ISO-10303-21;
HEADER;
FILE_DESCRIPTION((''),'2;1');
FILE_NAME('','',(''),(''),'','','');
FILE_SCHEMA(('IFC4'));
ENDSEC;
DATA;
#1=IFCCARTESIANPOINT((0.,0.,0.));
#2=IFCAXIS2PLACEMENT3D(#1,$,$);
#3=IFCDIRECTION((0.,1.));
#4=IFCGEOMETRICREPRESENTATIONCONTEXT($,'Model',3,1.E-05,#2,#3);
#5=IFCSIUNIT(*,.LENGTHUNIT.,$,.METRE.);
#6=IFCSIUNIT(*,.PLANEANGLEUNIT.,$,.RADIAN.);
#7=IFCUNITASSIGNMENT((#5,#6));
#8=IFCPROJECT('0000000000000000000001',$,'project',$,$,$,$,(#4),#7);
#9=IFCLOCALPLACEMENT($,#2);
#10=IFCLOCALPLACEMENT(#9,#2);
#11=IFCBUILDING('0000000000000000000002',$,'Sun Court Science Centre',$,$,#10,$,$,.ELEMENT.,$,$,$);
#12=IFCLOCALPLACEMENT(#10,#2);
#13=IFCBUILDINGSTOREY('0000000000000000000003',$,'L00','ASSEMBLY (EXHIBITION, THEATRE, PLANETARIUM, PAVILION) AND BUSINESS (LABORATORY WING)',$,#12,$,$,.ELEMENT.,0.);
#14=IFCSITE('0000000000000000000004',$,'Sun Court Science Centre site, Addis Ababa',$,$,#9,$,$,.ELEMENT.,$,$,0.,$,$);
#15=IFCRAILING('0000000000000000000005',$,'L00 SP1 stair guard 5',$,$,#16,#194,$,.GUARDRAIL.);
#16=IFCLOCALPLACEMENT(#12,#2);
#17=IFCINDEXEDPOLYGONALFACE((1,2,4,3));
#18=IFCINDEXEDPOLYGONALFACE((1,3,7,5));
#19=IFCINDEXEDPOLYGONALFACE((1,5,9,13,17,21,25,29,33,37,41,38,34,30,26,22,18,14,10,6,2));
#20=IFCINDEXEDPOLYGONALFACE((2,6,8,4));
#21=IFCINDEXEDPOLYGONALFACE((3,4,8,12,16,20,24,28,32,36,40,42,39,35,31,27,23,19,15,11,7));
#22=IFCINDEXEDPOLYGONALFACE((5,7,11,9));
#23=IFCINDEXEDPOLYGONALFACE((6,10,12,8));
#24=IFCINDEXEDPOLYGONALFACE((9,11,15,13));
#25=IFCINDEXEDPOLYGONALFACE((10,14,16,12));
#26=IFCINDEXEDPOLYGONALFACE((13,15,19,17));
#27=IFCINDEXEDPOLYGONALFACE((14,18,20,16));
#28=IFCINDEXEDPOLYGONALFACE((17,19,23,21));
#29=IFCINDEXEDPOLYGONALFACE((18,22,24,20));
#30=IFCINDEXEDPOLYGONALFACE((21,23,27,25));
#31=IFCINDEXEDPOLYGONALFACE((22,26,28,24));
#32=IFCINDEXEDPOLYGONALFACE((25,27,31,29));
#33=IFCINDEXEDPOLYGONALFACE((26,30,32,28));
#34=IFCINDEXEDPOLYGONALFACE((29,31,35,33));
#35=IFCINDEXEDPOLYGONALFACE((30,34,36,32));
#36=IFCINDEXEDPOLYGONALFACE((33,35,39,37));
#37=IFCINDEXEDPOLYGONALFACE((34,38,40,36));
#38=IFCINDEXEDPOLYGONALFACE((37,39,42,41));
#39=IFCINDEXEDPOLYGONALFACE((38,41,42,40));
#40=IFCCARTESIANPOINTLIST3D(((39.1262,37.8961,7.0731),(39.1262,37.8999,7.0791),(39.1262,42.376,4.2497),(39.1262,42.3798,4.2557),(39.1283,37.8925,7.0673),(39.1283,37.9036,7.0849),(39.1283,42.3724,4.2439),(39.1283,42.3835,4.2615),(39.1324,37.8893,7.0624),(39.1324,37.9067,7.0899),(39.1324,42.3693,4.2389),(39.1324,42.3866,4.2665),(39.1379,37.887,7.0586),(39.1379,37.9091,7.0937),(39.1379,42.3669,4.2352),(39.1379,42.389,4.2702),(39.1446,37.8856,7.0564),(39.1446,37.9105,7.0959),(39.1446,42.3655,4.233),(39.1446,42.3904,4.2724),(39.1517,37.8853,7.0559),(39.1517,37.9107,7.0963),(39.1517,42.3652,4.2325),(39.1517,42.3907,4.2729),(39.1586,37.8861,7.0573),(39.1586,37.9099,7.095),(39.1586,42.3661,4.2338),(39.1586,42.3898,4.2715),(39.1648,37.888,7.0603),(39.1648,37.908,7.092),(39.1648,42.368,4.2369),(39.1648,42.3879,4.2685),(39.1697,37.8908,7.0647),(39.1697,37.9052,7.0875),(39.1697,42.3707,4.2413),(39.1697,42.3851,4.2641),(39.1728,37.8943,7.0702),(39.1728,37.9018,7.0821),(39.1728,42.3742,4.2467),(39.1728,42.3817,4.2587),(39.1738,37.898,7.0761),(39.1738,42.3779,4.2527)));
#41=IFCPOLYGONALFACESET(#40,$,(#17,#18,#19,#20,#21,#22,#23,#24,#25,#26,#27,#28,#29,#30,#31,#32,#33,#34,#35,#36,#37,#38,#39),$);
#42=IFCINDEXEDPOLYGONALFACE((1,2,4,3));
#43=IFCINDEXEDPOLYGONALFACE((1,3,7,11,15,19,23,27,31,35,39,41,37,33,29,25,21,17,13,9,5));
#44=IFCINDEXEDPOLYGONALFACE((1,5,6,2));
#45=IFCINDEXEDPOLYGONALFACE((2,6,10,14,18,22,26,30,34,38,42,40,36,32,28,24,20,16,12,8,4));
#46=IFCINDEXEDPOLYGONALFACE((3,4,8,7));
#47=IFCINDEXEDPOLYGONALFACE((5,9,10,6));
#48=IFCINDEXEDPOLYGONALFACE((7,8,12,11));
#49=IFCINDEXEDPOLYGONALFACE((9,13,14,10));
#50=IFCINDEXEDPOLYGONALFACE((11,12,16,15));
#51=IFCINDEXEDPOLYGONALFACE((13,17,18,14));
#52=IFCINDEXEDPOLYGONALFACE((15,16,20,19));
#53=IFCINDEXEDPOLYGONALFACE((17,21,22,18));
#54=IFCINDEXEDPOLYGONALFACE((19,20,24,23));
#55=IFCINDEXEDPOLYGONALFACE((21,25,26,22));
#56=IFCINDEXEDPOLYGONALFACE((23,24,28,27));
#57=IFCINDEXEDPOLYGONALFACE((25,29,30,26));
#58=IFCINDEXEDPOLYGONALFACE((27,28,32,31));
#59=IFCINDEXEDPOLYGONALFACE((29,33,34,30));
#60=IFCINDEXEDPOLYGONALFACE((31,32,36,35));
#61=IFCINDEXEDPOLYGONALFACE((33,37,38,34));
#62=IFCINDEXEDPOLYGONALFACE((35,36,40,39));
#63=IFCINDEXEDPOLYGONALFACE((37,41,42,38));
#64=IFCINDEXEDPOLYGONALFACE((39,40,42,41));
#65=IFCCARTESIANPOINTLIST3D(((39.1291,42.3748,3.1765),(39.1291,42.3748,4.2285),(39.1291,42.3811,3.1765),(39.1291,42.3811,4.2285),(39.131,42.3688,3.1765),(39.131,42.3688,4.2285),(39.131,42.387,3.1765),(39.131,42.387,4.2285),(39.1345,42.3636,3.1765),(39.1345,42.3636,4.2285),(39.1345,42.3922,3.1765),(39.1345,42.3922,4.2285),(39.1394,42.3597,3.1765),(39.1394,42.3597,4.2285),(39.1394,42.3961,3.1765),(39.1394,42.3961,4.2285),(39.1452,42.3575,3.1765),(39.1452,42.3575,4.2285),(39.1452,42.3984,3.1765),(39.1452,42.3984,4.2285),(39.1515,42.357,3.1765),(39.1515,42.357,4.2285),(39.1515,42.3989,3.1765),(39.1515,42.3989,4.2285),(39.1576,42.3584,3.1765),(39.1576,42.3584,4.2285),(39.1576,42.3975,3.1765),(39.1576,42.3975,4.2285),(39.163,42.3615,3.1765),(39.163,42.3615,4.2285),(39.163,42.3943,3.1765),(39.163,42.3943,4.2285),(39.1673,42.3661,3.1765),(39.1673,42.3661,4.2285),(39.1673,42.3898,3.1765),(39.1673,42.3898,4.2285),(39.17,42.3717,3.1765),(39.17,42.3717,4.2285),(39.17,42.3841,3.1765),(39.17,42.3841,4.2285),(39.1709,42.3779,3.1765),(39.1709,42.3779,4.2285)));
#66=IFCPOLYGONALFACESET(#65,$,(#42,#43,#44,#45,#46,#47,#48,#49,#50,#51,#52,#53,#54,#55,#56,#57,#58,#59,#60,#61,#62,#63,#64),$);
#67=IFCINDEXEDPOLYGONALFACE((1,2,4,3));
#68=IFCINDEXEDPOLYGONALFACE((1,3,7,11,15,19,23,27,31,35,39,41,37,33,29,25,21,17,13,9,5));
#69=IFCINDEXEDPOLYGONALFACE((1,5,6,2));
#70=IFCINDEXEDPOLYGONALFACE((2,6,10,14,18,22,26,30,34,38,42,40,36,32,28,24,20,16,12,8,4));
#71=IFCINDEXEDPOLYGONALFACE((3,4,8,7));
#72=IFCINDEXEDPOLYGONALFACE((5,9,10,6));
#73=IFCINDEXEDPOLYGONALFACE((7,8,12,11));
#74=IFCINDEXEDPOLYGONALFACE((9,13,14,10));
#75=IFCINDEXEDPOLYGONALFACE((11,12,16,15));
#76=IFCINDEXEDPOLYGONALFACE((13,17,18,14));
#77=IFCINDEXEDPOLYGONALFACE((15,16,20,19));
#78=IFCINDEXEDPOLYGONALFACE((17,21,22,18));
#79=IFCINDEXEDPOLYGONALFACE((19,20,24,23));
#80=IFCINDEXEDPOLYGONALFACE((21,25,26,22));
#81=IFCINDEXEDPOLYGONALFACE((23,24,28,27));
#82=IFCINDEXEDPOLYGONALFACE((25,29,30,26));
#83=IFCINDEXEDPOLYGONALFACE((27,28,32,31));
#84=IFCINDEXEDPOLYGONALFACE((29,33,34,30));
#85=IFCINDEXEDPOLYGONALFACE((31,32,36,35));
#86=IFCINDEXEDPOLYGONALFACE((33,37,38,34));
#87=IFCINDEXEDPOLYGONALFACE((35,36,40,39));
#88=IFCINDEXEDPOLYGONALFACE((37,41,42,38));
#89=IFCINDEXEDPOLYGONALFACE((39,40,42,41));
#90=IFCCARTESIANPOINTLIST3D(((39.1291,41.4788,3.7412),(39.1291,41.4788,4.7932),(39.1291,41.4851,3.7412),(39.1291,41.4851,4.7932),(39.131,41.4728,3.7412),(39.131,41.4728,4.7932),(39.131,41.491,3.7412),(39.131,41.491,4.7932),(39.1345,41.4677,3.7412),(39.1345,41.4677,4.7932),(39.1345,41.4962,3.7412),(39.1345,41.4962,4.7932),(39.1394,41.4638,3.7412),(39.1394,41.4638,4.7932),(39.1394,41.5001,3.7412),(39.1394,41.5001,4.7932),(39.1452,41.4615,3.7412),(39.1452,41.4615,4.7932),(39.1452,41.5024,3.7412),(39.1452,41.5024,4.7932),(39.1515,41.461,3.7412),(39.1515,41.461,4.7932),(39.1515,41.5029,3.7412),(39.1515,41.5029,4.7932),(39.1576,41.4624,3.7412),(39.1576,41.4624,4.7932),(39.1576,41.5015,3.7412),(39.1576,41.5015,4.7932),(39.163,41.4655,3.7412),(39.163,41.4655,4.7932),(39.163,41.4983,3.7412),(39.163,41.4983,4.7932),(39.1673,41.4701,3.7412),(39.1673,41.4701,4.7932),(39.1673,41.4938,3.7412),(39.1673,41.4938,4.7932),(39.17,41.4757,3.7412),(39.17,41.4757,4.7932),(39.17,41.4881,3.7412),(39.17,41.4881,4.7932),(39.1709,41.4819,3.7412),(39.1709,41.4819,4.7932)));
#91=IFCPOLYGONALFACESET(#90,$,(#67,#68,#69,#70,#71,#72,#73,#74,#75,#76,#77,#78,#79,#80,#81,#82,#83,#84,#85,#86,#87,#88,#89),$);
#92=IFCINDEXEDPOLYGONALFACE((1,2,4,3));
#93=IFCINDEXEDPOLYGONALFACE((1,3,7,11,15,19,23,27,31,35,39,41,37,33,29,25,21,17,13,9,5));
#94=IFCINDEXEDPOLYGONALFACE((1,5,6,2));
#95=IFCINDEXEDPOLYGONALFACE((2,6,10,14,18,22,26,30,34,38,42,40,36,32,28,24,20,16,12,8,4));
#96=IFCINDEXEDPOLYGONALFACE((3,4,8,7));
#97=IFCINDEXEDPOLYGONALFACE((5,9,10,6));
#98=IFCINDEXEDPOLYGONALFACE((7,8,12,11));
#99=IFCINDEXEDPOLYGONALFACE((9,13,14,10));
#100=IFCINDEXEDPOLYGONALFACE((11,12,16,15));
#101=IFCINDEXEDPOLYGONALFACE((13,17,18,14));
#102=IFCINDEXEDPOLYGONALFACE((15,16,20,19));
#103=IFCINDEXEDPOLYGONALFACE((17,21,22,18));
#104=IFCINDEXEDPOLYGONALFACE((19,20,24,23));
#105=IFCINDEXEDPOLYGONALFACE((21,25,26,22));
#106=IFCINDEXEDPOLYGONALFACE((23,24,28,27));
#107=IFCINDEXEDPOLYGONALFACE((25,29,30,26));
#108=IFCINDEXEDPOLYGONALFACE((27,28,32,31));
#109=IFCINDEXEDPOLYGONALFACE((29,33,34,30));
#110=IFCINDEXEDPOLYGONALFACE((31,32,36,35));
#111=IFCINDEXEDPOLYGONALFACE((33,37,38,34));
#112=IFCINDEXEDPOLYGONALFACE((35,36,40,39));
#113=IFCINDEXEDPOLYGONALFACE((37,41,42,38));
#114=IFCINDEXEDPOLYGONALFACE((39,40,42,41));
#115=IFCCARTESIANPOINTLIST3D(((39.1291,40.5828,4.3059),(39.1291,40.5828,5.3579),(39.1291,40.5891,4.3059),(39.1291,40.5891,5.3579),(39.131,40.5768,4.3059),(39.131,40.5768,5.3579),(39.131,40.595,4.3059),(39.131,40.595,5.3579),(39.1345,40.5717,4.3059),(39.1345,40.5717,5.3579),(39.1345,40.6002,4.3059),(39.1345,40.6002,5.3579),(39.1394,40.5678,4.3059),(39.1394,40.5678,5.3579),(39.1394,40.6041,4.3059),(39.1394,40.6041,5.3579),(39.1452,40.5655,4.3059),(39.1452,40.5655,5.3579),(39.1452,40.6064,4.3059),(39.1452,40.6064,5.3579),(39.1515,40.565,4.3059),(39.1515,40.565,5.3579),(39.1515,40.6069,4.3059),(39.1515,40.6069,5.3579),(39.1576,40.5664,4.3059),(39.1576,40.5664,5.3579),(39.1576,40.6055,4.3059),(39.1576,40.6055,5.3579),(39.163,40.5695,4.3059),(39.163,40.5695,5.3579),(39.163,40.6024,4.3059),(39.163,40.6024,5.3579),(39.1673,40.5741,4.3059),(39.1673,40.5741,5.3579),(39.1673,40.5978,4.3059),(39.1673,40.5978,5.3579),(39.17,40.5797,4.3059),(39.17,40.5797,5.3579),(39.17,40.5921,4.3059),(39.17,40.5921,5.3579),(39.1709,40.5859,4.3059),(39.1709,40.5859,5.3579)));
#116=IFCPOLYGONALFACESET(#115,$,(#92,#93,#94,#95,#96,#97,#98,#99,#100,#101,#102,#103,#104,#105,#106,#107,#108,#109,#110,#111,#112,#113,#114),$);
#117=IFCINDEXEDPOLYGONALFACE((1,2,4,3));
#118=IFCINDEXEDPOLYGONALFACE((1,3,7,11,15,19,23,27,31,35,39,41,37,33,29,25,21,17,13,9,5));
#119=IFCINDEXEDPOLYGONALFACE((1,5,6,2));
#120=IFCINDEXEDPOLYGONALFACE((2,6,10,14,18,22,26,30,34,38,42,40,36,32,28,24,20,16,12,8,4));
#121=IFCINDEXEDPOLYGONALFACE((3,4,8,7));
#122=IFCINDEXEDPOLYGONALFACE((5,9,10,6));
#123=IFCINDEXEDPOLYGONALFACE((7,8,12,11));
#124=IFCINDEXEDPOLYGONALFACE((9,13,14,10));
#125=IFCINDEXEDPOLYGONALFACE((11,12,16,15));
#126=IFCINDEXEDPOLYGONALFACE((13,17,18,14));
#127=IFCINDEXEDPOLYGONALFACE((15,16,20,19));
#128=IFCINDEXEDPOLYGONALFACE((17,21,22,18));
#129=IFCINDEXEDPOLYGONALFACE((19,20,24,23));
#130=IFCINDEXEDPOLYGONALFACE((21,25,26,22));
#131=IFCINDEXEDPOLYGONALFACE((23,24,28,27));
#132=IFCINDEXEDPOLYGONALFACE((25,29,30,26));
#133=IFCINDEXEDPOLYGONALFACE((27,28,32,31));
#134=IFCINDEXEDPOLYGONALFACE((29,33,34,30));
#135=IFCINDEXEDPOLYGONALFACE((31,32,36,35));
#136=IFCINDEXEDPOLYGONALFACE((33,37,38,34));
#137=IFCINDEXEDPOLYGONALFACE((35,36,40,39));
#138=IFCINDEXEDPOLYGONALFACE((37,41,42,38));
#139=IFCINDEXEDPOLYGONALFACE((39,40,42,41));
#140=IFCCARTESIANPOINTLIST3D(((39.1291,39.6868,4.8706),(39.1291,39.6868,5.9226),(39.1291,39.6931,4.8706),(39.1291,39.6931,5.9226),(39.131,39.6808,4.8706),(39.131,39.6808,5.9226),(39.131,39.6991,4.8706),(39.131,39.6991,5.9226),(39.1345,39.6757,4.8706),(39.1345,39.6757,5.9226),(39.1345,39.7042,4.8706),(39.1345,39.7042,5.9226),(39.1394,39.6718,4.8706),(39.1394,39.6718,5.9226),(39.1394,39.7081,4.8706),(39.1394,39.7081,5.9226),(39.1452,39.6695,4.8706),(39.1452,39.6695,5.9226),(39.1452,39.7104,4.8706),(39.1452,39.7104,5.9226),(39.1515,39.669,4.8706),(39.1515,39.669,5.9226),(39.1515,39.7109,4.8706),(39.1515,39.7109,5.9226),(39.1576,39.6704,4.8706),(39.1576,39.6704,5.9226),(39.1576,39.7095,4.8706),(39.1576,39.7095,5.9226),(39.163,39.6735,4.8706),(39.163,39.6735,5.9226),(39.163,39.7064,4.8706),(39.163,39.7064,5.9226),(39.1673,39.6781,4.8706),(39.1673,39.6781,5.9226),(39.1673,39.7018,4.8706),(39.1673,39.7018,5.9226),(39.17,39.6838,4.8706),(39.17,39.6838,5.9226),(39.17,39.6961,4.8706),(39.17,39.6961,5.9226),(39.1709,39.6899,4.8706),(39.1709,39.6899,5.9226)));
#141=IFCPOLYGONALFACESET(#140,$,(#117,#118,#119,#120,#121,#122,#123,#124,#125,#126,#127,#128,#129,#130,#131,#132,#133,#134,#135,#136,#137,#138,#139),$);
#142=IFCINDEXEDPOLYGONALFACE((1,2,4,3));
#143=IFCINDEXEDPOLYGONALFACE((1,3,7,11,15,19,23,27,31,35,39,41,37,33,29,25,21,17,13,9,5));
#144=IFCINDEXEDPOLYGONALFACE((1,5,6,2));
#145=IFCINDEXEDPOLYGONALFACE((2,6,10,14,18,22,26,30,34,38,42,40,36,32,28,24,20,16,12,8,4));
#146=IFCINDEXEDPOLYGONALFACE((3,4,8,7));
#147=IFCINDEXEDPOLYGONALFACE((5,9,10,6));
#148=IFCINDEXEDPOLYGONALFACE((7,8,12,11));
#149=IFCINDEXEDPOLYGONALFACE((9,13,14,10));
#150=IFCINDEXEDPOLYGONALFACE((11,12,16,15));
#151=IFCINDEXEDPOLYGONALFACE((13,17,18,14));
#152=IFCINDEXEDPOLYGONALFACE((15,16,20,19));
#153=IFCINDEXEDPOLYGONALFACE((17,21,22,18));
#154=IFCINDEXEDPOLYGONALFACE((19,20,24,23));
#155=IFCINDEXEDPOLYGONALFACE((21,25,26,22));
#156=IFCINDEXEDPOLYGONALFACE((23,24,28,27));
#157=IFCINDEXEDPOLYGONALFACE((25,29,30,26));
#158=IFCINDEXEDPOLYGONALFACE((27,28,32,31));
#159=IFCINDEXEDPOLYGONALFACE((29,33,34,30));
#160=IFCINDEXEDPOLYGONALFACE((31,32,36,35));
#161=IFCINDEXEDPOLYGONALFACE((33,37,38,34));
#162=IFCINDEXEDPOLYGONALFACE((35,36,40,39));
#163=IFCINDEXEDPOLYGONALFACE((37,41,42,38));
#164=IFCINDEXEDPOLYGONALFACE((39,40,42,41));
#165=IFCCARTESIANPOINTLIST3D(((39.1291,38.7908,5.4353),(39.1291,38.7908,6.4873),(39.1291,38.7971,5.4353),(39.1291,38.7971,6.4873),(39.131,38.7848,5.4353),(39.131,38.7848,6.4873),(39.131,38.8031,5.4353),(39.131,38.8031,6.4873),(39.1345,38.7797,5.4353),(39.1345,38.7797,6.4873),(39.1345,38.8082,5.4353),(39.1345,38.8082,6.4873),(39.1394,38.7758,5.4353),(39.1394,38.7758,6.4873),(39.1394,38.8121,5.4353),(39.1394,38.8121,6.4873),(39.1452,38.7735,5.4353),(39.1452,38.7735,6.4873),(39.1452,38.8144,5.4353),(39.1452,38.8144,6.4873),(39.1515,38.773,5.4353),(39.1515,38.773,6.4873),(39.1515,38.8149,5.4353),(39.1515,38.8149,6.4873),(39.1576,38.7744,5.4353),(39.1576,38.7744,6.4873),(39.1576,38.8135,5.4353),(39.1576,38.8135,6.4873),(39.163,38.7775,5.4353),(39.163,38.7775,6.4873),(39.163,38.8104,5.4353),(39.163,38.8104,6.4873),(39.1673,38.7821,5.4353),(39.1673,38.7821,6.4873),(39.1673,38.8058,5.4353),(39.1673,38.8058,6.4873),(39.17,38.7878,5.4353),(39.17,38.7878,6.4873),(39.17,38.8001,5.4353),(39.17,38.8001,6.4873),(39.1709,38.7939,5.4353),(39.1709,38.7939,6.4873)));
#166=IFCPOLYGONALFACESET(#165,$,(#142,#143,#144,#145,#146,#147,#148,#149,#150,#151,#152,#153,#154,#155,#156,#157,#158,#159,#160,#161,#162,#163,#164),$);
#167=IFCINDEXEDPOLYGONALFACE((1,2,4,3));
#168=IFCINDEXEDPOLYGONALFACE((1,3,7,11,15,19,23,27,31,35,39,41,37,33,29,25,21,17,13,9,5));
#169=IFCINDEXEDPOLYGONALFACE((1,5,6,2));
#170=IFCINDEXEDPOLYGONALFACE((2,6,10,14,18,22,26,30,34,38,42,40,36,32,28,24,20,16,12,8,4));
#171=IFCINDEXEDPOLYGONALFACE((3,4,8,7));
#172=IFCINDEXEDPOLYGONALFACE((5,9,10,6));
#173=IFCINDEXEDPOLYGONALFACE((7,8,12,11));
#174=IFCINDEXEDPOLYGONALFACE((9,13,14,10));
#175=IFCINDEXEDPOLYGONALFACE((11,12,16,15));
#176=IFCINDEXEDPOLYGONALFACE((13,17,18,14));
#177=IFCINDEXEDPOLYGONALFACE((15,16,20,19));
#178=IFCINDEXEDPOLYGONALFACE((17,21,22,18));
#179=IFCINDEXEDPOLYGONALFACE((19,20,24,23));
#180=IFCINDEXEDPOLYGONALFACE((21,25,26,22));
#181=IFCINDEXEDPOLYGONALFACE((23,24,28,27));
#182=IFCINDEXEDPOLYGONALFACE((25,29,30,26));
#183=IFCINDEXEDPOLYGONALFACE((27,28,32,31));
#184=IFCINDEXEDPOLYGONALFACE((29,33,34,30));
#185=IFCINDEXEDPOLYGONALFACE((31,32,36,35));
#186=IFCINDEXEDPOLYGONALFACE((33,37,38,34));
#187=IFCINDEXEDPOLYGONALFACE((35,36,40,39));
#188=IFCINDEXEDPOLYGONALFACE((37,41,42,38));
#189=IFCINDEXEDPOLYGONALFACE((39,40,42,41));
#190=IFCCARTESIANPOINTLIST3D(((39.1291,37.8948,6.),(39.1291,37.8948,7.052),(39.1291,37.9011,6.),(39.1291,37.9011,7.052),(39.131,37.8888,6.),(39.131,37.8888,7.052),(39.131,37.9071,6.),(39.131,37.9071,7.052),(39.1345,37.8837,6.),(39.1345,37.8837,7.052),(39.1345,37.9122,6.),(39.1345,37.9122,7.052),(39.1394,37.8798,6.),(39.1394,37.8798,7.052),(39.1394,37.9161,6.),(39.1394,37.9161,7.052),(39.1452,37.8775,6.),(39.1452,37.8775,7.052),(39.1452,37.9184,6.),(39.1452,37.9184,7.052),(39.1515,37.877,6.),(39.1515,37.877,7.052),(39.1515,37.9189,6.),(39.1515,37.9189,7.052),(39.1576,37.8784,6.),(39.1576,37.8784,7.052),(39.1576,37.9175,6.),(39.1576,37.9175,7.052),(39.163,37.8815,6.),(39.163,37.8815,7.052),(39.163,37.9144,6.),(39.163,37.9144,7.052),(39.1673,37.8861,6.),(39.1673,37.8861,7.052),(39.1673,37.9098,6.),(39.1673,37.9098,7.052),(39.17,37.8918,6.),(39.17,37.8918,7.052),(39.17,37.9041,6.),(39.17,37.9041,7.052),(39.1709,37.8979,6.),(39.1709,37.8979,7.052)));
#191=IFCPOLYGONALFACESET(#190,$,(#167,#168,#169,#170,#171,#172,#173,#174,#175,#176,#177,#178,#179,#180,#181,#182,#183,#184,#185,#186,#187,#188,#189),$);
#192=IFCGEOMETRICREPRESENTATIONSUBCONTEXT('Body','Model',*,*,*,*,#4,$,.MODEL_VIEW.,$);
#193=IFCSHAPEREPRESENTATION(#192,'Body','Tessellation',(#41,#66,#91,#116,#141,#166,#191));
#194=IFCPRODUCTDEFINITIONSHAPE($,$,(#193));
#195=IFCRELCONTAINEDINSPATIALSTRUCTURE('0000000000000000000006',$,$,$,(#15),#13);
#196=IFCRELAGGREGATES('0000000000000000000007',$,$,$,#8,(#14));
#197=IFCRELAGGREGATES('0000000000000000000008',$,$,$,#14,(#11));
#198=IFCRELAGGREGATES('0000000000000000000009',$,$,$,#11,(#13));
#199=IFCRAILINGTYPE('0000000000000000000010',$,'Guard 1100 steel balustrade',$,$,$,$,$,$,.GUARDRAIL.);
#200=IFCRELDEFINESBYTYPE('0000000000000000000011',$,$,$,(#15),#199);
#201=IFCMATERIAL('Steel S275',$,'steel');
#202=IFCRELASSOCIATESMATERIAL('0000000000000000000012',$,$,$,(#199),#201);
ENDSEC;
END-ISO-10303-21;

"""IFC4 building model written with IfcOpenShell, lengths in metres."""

from ifc_helpers import new_model, si_unit, direction, frame, origin, origin_2d, place, context, subcontext, project, spatial, circle, extrude, material, type_object, element, save


model = new_model("IFC4")

# Units and contexts
model_context = context("Model", 3, precision=1e-05, world=origin(), true_north=direction((0.0, 1.0)))
body_context = subcontext(model_context, "Body", "Model", "MODEL_VIEW")
ifc_project = project(units=[si_unit("LENGTHUNIT", "METRE"), si_unit("PLANEANGLEUNIT", "RADIAN")], contexts=[model_context])

# Site, building, storey
site_placement = place(None, origin())
site = spatial("IfcSite", under=ifc_project, at=site_placement, Name="Sun Court Science Centre site, Addis Ababa", CompositionType="ELEMENT", RefElevation=0.0)
building_placement = place(site_placement, origin())
building = spatial("IfcBuilding", under=site, at=building_placement, Name="Sun Court Science Centre", CompositionType="ELEMENT")
storey_placement = place(building_placement, origin())
storey = spatial("IfcBuildingStorey", under=building, at=storey_placement, Name="L00", Description="ASSEMBLY (EXHIBITION, THEATRE, PLANETARIUM, PAVILION) AND BUSINESS (LABORATORY WING)", CompositionType="ELEMENT", Elevation=0.0)

# Railing
ifc_material_1 = material(Name="Steel S275", Category="steel")
railing_type_1 = type_object("IfcRailingType", Name="Guard 1100 steel balustrade", PredefinedType="GUARDRAIL", material=ifc_material_1)
railing_1_placement = place(storey_placement, frame((39.1499, 42.3779, 3.1765)))
element("IfcRailing", 1, at=railing_1_placement, inside=storey, type_object=railing_type_1, Name="L00 SP1 stair guard 5", PredefinedType="GUARDRAIL", context=body_context, shape_type="SweptSolid", body=[
    extrude(circle(Radius=0.0239, at=origin_2d()), frame((0.0, 0.0, 1.0762), z_axis=(0.0, -0.845998, 0.533186), x_axis=(1.0, 0.0, 0.0)), (0.0, 0.0, 1.0), 5.2954),
    extrude(circle(Radius=0.021, at=origin_2d()), origin(), (0.0, 0.0, 1.0), 1.052),
    extrude(circle(Radius=0.021, at=origin_2d()), frame((0.0, -0.896, 0.5647)), (0.0, 0.0, 1.0), 1.052),
    extrude(circle(Radius=0.021, at=origin_2d()), frame((0.0, -1.792, 1.1294)), (0.0, 0.0, 1.0), 1.052),
    extrude(circle(Radius=0.021, at=origin_2d()), frame((0.0, -2.688, 1.6941)), (0.0, 0.0, 1.0), 1.052),
    extrude(circle(Radius=0.021, at=origin_2d()), frame((0.0, -3.584, 2.2588)), (0.0, 0.0, 1.0), 1.052),
    extrude(circle(Radius=0.021, at=origin_2d()), frame((0.0, -4.48, 2.8235)), (0.0, 0.0, 1.0), 1.052),
])

save(model, "model.ifc")
